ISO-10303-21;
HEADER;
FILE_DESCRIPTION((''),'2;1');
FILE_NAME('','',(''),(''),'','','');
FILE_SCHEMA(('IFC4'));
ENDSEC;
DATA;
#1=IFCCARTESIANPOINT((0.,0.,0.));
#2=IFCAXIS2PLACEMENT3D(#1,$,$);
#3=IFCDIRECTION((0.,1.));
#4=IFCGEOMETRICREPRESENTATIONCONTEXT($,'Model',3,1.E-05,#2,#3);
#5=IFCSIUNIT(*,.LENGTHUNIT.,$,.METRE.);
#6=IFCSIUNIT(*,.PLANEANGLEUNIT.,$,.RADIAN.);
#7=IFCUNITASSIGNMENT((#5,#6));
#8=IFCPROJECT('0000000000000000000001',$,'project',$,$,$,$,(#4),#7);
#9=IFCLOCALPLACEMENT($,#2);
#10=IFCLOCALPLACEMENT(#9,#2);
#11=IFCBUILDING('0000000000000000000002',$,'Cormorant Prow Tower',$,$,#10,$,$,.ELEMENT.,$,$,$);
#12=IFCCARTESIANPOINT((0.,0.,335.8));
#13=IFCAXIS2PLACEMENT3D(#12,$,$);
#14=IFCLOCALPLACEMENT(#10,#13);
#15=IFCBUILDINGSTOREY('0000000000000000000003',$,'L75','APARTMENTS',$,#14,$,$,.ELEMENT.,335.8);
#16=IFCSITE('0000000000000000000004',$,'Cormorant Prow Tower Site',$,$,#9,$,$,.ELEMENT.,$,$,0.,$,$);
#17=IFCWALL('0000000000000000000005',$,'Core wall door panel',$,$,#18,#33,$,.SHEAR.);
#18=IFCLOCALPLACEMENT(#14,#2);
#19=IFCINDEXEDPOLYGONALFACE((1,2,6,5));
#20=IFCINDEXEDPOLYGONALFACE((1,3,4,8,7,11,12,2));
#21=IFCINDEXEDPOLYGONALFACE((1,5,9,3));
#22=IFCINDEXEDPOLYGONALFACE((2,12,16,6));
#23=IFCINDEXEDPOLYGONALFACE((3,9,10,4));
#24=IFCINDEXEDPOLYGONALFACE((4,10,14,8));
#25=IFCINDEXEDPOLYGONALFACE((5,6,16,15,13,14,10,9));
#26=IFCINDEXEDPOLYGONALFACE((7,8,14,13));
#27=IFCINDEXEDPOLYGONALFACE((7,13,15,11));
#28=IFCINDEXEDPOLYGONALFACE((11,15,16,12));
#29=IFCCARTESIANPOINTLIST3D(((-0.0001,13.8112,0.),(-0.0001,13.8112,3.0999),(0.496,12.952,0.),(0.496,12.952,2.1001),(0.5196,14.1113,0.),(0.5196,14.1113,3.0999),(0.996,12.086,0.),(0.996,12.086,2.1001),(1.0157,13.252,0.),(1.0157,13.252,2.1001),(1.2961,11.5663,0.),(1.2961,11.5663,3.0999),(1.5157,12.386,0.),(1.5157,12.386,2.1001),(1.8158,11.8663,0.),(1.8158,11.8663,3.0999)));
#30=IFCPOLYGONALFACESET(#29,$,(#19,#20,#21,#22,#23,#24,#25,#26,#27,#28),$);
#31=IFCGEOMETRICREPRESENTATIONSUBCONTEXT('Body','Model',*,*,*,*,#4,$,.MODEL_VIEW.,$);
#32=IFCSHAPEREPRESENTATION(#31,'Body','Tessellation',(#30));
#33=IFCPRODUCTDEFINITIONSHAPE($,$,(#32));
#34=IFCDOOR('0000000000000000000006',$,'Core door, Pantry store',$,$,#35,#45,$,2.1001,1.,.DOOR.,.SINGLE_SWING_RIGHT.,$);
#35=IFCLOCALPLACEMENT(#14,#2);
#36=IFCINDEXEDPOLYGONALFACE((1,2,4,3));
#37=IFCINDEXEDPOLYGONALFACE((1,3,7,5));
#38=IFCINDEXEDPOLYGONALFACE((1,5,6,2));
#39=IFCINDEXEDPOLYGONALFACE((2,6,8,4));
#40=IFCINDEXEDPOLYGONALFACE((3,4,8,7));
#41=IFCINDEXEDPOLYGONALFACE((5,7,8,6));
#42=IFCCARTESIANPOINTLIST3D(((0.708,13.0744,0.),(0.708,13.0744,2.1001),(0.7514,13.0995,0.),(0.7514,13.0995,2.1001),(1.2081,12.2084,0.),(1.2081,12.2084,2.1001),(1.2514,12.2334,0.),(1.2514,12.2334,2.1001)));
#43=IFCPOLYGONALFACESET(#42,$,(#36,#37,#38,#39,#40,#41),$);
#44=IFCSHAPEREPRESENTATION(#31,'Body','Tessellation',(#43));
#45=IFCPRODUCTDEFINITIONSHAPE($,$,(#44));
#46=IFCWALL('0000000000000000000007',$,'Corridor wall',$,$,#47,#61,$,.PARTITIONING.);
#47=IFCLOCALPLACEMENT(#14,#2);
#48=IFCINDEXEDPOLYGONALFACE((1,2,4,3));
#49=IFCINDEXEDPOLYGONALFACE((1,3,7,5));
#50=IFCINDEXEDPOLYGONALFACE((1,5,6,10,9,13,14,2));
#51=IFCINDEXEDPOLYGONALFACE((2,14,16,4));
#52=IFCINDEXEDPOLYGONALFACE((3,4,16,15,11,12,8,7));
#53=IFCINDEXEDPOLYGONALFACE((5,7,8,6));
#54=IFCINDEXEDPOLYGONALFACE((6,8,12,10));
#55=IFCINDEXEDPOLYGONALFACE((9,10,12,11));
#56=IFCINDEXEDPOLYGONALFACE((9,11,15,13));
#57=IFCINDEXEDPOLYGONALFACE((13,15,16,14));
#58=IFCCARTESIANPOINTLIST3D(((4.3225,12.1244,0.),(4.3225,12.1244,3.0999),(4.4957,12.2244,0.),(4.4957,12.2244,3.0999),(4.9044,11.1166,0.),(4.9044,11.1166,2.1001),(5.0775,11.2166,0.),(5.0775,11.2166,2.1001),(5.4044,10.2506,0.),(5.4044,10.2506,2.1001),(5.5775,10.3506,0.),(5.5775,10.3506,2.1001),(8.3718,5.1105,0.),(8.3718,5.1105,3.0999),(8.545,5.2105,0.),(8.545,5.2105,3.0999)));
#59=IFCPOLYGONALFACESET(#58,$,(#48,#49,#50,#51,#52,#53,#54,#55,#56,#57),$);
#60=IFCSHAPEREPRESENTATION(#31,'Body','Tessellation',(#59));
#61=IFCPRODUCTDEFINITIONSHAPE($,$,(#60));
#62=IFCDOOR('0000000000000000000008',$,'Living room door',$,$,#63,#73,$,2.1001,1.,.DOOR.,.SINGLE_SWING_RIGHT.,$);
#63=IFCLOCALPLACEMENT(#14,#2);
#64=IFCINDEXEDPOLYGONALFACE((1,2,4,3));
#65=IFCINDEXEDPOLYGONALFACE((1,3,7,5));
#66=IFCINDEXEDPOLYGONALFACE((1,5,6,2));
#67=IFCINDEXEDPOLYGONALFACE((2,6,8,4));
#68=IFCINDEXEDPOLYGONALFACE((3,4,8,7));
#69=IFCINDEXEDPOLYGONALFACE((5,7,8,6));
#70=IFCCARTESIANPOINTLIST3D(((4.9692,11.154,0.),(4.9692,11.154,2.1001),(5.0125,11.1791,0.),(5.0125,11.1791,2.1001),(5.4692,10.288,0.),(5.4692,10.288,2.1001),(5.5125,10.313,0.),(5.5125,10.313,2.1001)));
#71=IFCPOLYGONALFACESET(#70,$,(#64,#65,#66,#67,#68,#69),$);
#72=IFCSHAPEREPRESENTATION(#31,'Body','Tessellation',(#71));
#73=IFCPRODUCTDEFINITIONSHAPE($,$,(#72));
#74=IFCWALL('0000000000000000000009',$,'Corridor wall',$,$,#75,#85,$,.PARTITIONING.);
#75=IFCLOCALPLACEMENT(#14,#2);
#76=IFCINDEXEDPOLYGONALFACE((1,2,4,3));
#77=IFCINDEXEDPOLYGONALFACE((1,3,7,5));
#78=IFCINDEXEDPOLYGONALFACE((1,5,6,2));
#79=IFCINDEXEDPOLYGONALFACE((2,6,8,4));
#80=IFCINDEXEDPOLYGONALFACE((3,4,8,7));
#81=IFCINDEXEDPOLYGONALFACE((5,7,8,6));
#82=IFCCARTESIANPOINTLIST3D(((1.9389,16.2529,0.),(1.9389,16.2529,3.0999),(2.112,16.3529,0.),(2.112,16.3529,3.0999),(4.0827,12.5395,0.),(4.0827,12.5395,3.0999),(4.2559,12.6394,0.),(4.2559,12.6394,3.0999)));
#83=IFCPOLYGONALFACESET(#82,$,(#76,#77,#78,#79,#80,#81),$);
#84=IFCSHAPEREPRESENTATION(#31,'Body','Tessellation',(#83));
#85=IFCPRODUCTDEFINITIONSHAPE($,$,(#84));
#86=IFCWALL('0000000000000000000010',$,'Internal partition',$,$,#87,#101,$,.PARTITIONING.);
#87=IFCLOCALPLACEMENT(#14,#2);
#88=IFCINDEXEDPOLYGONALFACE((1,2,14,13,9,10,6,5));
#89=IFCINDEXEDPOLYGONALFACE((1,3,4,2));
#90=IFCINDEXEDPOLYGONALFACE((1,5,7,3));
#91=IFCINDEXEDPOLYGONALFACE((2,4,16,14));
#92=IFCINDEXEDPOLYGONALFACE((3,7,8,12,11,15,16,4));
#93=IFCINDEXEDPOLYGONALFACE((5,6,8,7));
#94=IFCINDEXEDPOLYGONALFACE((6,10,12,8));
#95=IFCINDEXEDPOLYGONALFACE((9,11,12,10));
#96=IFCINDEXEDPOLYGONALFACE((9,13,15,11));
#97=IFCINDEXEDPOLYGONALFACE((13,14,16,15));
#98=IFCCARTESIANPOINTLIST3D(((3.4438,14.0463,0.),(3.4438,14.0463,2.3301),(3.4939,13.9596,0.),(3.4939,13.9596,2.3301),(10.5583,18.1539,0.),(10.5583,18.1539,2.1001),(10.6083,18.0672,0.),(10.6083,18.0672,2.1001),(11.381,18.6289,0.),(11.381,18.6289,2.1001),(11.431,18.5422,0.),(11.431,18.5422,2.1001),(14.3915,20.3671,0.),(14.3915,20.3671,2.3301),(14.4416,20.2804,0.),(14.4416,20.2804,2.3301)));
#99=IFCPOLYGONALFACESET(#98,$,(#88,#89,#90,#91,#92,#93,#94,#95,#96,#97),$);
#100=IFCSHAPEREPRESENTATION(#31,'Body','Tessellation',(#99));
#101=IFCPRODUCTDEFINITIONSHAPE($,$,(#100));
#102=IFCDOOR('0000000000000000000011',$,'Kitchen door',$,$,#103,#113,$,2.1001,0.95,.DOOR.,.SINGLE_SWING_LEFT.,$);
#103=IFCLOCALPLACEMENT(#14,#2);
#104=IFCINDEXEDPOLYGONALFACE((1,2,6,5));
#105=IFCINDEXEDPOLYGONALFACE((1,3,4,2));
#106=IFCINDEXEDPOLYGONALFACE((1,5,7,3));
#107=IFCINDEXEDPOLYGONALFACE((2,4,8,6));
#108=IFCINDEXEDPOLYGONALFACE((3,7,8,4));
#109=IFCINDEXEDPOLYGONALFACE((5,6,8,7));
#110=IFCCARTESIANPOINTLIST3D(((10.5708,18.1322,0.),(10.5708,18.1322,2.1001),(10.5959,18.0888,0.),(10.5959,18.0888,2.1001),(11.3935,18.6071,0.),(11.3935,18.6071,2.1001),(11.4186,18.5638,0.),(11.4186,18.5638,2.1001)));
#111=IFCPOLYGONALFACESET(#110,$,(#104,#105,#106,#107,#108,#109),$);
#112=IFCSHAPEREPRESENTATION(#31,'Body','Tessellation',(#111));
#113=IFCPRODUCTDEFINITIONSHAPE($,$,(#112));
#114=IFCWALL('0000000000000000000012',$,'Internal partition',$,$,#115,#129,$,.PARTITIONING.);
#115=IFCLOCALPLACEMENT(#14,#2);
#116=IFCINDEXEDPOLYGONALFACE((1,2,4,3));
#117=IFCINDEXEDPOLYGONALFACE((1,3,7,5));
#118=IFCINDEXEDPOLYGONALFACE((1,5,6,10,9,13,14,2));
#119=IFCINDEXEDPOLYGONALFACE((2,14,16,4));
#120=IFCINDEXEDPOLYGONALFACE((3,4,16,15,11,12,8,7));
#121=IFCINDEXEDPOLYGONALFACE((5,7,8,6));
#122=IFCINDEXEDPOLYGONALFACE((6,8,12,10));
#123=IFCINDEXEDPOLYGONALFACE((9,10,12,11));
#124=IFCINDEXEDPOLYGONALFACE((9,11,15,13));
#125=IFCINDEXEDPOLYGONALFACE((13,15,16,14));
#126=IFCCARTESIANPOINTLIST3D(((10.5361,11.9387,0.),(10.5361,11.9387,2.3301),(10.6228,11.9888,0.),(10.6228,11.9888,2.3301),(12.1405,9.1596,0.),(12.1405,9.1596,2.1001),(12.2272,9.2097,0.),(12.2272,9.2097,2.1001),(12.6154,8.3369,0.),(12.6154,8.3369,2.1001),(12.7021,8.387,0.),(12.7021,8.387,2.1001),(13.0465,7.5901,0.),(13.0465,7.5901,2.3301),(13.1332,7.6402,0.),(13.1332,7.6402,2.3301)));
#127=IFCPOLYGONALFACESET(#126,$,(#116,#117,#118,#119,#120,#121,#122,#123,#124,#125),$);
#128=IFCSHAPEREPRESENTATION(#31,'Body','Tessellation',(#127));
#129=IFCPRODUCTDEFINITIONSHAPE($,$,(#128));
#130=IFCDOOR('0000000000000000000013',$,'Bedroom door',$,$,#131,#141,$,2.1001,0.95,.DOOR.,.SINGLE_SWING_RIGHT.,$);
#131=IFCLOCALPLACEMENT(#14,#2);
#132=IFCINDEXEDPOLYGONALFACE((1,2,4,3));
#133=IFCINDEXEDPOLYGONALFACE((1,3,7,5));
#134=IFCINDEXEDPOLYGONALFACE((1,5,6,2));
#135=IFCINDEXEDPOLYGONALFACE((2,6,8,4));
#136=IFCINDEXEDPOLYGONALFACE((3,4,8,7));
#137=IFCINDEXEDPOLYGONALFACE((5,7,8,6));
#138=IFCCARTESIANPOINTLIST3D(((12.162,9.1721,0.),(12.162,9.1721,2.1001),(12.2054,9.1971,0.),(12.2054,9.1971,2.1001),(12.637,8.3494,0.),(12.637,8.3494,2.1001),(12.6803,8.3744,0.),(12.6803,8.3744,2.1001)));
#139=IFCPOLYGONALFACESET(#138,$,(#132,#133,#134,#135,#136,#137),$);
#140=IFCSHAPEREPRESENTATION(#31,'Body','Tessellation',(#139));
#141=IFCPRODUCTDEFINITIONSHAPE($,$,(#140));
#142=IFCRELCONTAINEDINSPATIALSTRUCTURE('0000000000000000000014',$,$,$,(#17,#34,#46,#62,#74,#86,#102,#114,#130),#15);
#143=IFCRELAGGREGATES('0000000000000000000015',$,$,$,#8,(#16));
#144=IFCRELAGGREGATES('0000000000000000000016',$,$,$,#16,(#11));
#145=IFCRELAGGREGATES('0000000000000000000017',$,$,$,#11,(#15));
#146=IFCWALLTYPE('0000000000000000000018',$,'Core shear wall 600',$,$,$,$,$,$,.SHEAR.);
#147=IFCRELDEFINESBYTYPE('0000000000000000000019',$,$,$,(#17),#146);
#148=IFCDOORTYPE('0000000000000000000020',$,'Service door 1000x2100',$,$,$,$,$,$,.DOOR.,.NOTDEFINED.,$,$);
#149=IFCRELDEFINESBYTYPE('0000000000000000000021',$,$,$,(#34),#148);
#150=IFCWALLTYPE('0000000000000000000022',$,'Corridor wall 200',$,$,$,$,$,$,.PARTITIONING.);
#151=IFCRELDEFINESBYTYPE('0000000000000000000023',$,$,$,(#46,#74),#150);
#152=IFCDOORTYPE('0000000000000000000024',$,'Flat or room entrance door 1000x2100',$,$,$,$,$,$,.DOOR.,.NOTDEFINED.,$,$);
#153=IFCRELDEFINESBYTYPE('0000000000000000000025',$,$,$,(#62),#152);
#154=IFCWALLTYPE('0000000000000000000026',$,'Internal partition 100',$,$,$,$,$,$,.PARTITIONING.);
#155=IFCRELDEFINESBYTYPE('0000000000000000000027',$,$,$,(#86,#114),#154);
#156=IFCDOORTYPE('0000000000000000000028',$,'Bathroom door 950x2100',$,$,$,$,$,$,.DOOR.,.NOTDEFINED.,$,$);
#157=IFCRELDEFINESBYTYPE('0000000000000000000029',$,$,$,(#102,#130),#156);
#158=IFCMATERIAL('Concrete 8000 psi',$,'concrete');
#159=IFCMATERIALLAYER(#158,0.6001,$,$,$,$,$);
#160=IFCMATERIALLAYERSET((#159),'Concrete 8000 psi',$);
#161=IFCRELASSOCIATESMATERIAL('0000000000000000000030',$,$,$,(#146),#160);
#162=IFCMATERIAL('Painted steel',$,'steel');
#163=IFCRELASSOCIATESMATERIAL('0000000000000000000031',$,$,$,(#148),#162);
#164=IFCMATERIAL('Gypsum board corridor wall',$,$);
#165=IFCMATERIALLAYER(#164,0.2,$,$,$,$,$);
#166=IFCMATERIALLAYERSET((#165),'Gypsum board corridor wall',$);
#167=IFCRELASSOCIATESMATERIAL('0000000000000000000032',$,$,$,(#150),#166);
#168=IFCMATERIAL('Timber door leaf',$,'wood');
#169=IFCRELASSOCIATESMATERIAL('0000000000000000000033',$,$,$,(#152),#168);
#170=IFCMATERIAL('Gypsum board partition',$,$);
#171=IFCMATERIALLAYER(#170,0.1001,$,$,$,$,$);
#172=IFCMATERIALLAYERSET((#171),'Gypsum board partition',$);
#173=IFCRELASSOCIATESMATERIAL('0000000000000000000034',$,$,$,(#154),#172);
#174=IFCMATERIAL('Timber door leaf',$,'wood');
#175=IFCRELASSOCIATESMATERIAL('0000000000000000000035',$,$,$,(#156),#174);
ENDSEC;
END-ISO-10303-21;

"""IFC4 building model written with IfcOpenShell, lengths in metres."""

from ifc_helpers import new_model, si_unit, direction, frame, frame_2d, origin, place, context, subcontext, project, spatial, rectangle, extrude, material, layer, layer_set, type_object, element, fill, save


model = new_model("IFC4")

# Units and contexts
model_context = context("Model", 3, precision=1e-05, world=origin(), true_north=direction((0.0, 1.0)))
body_context = subcontext(model_context, "Body", "Model", "MODEL_VIEW")
ifc_project = project(units=[si_unit("LENGTHUNIT", "METRE"), si_unit("PLANEANGLEUNIT", "RADIAN")], contexts=[model_context])

# Site, building, storey
site_placement = place(None, origin())
site = spatial("IfcSite", under=ifc_project, at=site_placement, Name="Cormorant Prow Tower Site", CompositionType="ELEMENT", RefElevation=0.0)
building_placement = place(site_placement, origin())
building = spatial("IfcBuilding", under=site, at=building_placement, Name="Cormorant Prow Tower", CompositionType="ELEMENT")
storey_placement = place(building_placement, frame((0.0, 0.0, 335.8)))
storey = spatial("IfcBuildingStorey", under=building, at=storey_placement, Name="L75", Description="APARTMENTS", CompositionType="ELEMENT", Elevation=335.8)

# Walls, openings, doors
ifc_material_1 = material(Name="Concrete 8000 psi", Category="concrete")
ifc_layer_1 = layer(ifc_material_1, 0.6001)
ifc_layer_set_1 = layer_set([ifc_layer_1], Name="Concrete 8000 psi")
wall_type_1 = type_object("IfcWallType", Name="Core shear wall 600", PredefinedType="SHEAR", material=ifc_layer_set_1)
wall_1_placement = place(storey_placement, frame((1.5559, 11.7163, 0.0), z_axis=(0.0, 0.0, 1.0), x_axis=(-0.500019, 0.866015, 0.0)))
wall_1 = element("IfcWall", 1, at=wall_1_placement, inside=storey, type_object=wall_type_1, Name="Core wall door panel", PredefinedType="SHEAR", context=body_context, shape_type="SweptSolid", body=[
    extrude(rectangle(XDim=2.5923, YDim=0.6001, at=frame_2d((1.2961, 0.0))), origin(), (0.0, 0.0, 1.0), 3.0999),
])
opening_1_placement = place(wall_1_placement, frame((0.6001, 0.0, 0.0)))
opening_1 = element("IfcOpeningElement", 2, at=opening_1_placement, cuts=wall_1, PredefinedType="OPENING", context=body_context, shape_type="SweptSolid", body=[
    extrude(rectangle(XDim=1.0, YDim=2.1001, at=frame_2d((0.5, 1.05))), frame((0.0, 0.3101, 0.0), z_axis=(0.0, -1.0, 0.0), x_axis=(1.0, 0.0, 0.0)), (0.0, 0.0, 1.0), 0.6201),
])
ifc_material_2 = material(Name="Painted steel", Category="steel")
door_type_1 = type_object("IfcDoorType", Name="Service door 1000x2100", OperationType="NOTDEFINED", PredefinedType="DOOR", material=ifc_material_2)
door_1_placement = place(opening_1_placement, origin())
door_1 = element("IfcDoor", 3, at=door_1_placement, inside=storey, type_object=door_type_1, Name="Core door, Pantry store", OperationType="SINGLE_SWING_RIGHT", OverallHeight=2.1001, OverallWidth=1.0, PredefinedType="DOOR", context=body_context, shape_type="SweptSolid", body=[
    extrude(rectangle(XDim=1.0, YDim=2.1001, at=frame_2d((0.5, 1.05))), frame((0.0, 0.0552, 0.0), z_axis=(0.0, -1.0, 0.0), x_axis=(1.0, 0.0, 0.0)), (0.0, 0.0, 1.0), 0.05),
])
fill(opening_1, door_1)
ifc_material_3 = material(Name="Gypsum board corridor wall")
ifc_layer_2 = layer(ifc_material_3, 0.2)
ifc_layer_set_2 = layer_set([ifc_layer_2], Name="Gypsum board corridor wall")
wall_type_2 = type_object("IfcWallType", Name="Corridor wall 200", PredefinedType="PARTITIONING", material=ifc_layer_set_2)
wall_2_placement = place(storey_placement, frame((4.4092, 12.1743, 0.0), z_axis=(0.0, 0.0, 1.0), x_axis=(0.499984, -0.866034, 0.0)))
wall_2 = element("IfcWall", 4, at=wall_2_placement, inside=storey, type_object=wall_type_2, Name="Corridor wall", PredefinedType="PARTITIONING", context=body_context, shape_type="SweptSolid", body=[
    extrude(rectangle(XDim=8.0989, YDim=0.2, at=frame_2d((4.0493, 0.0))), origin(), (0.0, 0.0, 1.0), 3.0999),
])
opening_2_placement = place(wall_2_placement, frame((1.1636, 0.0, 0.0)))
opening_2 = element("IfcOpeningElement", 5, at=opening_2_placement, cuts=wall_2, PredefinedType="OPENING", context=body_context, shape_type="SweptSolid", body=[
    extrude(rectangle(XDim=1.0, YDim=2.1001, at=frame_2d((0.5, 1.05))), frame((0.0, 0.1099, 0.0), z_axis=(0.0, -1.0, 0.0), x_axis=(1.0, 0.0, 0.0)), (0.0, 0.0, 1.0), 0.22),
])
ifc_material_4 = material(Name="Timber door leaf", Category="wood")
door_type_2 = type_object("IfcDoorType", Name="Flat or room entrance door 1000x2100", OperationType="NOTDEFINED", PredefinedType="DOOR", material=ifc_material_4)
door_2_placement = place(opening_2_placement, origin())
door_2 = element("IfcDoor", 6, at=door_2_placement, inside=storey, type_object=door_type_2, Name="Living room door", OperationType="SINGLE_SWING_RIGHT", OverallHeight=2.1001, OverallWidth=1.0, PredefinedType="DOOR", context=body_context, shape_type="SweptSolid", body=[
    extrude(rectangle(XDim=1.0, YDim=2.1001, at=frame_2d((0.5, 1.05))), frame((0.0, 0.0249, 0.0), z_axis=(0.0, -1.0, 0.0), x_axis=(1.0, 0.0, 0.0)), (0.0, 0.0, 1.0), 0.05),
])
fill(opening_2, door_2)

# Wall
wall_3_placement = place(storey_placement, frame((2.0254, 16.303, 0.0), z_axis=(0.0, 0.0, 1.0), x_axis=(0.499979, -0.866038, 0.0)))
element("IfcWall", 7, at=wall_3_placement, inside=storey, type_object=wall_type_2, Name="Corridor wall", PredefinedType="PARTITIONING", context=body_context, shape_type="SweptSolid", body=[
    extrude(rectangle(XDim=4.2878, YDim=0.2, at=frame_2d((2.144, 0.0))), origin(), (0.0, 0.0, 1.0), 3.0999),
])

# Walls, openings, doors
ifc_material_5 = material(Name="Gypsum board partition")
ifc_layer_3 = layer(ifc_material_5, 0.1001)
ifc_layer_set_3 = layer_set([ifc_layer_3], Name="Gypsum board partition")
wall_type_3 = type_object("IfcWallType", Name="Internal partition 100", PredefinedType="PARTITIONING", material=ifc_layer_set_3)
wall_4_placement = place(storey_placement, frame((3.4688, 14.0029, 0.0), z_axis=(0.0, 0.0, 1.0), x_axis=(0.866022, 0.500007, 0.0)))
wall_4 = element("IfcWall", 8, at=wall_4_placement, inside=storey, type_object=wall_type_3, Name="Internal partition", PredefinedType="PARTITIONING", context=body_context, shape_type="SweptSolid", body=[
    extrude(rectangle(XDim=12.6414, YDim=0.1001, at=frame_2d((6.3208, 0.0))), origin(), (0.0, 0.0, 1.0), 2.3301),
])
opening_3_placement = place(wall_4_placement, frame((8.2151, 0.0, 0.0)))
opening_3 = element("IfcOpeningElement", 9, at=opening_3_placement, cuts=wall_4, PredefinedType="OPENING", context=body_context, shape_type="SweptSolid", body=[
    extrude(rectangle(XDim=0.95, YDim=2.1001, at=frame_2d((0.4751, 1.05))), frame((0.0, 0.0601, 0.0), z_axis=(0.0, -1.0, 0.0), x_axis=(1.0, 0.0, 0.0)), (0.0, 0.0, 1.0), 0.1201),
])
ifc_material_6 = material(Name="Timber door leaf", Category="wood")
door_type_3 = type_object("IfcDoorType", Name="Bathroom door 950x2100", OperationType="NOTDEFINED", PredefinedType="DOOR", material=ifc_material_6)
door_3_placement = place(opening_3_placement, origin())
door_3 = element("IfcDoor", 10, at=door_3_placement, inside=storey, type_object=door_type_3, Name="Kitchen door", OperationType="SINGLE_SWING_LEFT", OverallHeight=2.1001, OverallWidth=0.95, PredefinedType="DOOR", context=body_context, shape_type="SweptSolid", body=[
    extrude(rectangle(XDim=0.95, YDim=2.1001, at=frame_2d((0.4751, 1.05))), frame((0.0, 0.0249, 0.0), z_axis=(0.0, -1.0, 0.0), x_axis=(1.0, 0.0, 0.0)), (0.0, 0.0, 1.0), 0.05),
])
fill(opening_3, door_3)
wall_5_placement = place(storey_placement, frame((10.5793, 11.9639, 0.0), z_axis=(0.0, 0.0, 1.0), x_axis=(0.499972, -0.866041, 0.0)))
wall_5 = element("IfcWall", 11, at=wall_5_placement, inside=storey, type_object=wall_type_3, Name="Internal partition", PredefinedType="PARTITIONING", context=body_context, shape_type="SweptSolid", body=[
    extrude(rectangle(XDim=5.0212, YDim=0.1001, at=frame_2d((2.5107, 0.0))), origin(), (0.0, 0.0, 1.0), 2.3301),
])
opening_4_placement = place(wall_5_placement, frame((3.209, 0.0, 0.0)))
opening_4 = element("IfcOpeningElement", 12, at=opening_4_placement, cuts=wall_5, PredefinedType="OPENING", context=body_context, shape_type="SweptSolid", body=[
    extrude(rectangle(XDim=0.95, YDim=2.1001, at=frame_2d((0.4751, 1.05))), frame((0.0, 0.0601, 0.0), z_axis=(0.0, -1.0, 0.0), x_axis=(1.0, 0.0, 0.0)), (0.0, 0.0, 1.0), 0.1201),
])
door_4_placement = place(opening_4_placement, origin())
door_4 = element("IfcDoor", 13, at=door_4_placement, inside=storey, type_object=door_type_3, Name="Bedroom door", OperationType="SINGLE_SWING_RIGHT", OverallHeight=2.1001, OverallWidth=0.95, PredefinedType="DOOR", context=body_context, shape_type="SweptSolid", body=[
    extrude(rectangle(XDim=0.95, YDim=2.1001, at=frame_2d((0.4751, 1.05))), frame((0.0, 0.0249, 0.0), z_axis=(0.0, -1.0, 0.0), x_axis=(1.0, 0.0, 0.0)), (0.0, 0.0, 1.0), 0.05),
])
fill(opening_4, door_4)

save(model, "model.ifc")
